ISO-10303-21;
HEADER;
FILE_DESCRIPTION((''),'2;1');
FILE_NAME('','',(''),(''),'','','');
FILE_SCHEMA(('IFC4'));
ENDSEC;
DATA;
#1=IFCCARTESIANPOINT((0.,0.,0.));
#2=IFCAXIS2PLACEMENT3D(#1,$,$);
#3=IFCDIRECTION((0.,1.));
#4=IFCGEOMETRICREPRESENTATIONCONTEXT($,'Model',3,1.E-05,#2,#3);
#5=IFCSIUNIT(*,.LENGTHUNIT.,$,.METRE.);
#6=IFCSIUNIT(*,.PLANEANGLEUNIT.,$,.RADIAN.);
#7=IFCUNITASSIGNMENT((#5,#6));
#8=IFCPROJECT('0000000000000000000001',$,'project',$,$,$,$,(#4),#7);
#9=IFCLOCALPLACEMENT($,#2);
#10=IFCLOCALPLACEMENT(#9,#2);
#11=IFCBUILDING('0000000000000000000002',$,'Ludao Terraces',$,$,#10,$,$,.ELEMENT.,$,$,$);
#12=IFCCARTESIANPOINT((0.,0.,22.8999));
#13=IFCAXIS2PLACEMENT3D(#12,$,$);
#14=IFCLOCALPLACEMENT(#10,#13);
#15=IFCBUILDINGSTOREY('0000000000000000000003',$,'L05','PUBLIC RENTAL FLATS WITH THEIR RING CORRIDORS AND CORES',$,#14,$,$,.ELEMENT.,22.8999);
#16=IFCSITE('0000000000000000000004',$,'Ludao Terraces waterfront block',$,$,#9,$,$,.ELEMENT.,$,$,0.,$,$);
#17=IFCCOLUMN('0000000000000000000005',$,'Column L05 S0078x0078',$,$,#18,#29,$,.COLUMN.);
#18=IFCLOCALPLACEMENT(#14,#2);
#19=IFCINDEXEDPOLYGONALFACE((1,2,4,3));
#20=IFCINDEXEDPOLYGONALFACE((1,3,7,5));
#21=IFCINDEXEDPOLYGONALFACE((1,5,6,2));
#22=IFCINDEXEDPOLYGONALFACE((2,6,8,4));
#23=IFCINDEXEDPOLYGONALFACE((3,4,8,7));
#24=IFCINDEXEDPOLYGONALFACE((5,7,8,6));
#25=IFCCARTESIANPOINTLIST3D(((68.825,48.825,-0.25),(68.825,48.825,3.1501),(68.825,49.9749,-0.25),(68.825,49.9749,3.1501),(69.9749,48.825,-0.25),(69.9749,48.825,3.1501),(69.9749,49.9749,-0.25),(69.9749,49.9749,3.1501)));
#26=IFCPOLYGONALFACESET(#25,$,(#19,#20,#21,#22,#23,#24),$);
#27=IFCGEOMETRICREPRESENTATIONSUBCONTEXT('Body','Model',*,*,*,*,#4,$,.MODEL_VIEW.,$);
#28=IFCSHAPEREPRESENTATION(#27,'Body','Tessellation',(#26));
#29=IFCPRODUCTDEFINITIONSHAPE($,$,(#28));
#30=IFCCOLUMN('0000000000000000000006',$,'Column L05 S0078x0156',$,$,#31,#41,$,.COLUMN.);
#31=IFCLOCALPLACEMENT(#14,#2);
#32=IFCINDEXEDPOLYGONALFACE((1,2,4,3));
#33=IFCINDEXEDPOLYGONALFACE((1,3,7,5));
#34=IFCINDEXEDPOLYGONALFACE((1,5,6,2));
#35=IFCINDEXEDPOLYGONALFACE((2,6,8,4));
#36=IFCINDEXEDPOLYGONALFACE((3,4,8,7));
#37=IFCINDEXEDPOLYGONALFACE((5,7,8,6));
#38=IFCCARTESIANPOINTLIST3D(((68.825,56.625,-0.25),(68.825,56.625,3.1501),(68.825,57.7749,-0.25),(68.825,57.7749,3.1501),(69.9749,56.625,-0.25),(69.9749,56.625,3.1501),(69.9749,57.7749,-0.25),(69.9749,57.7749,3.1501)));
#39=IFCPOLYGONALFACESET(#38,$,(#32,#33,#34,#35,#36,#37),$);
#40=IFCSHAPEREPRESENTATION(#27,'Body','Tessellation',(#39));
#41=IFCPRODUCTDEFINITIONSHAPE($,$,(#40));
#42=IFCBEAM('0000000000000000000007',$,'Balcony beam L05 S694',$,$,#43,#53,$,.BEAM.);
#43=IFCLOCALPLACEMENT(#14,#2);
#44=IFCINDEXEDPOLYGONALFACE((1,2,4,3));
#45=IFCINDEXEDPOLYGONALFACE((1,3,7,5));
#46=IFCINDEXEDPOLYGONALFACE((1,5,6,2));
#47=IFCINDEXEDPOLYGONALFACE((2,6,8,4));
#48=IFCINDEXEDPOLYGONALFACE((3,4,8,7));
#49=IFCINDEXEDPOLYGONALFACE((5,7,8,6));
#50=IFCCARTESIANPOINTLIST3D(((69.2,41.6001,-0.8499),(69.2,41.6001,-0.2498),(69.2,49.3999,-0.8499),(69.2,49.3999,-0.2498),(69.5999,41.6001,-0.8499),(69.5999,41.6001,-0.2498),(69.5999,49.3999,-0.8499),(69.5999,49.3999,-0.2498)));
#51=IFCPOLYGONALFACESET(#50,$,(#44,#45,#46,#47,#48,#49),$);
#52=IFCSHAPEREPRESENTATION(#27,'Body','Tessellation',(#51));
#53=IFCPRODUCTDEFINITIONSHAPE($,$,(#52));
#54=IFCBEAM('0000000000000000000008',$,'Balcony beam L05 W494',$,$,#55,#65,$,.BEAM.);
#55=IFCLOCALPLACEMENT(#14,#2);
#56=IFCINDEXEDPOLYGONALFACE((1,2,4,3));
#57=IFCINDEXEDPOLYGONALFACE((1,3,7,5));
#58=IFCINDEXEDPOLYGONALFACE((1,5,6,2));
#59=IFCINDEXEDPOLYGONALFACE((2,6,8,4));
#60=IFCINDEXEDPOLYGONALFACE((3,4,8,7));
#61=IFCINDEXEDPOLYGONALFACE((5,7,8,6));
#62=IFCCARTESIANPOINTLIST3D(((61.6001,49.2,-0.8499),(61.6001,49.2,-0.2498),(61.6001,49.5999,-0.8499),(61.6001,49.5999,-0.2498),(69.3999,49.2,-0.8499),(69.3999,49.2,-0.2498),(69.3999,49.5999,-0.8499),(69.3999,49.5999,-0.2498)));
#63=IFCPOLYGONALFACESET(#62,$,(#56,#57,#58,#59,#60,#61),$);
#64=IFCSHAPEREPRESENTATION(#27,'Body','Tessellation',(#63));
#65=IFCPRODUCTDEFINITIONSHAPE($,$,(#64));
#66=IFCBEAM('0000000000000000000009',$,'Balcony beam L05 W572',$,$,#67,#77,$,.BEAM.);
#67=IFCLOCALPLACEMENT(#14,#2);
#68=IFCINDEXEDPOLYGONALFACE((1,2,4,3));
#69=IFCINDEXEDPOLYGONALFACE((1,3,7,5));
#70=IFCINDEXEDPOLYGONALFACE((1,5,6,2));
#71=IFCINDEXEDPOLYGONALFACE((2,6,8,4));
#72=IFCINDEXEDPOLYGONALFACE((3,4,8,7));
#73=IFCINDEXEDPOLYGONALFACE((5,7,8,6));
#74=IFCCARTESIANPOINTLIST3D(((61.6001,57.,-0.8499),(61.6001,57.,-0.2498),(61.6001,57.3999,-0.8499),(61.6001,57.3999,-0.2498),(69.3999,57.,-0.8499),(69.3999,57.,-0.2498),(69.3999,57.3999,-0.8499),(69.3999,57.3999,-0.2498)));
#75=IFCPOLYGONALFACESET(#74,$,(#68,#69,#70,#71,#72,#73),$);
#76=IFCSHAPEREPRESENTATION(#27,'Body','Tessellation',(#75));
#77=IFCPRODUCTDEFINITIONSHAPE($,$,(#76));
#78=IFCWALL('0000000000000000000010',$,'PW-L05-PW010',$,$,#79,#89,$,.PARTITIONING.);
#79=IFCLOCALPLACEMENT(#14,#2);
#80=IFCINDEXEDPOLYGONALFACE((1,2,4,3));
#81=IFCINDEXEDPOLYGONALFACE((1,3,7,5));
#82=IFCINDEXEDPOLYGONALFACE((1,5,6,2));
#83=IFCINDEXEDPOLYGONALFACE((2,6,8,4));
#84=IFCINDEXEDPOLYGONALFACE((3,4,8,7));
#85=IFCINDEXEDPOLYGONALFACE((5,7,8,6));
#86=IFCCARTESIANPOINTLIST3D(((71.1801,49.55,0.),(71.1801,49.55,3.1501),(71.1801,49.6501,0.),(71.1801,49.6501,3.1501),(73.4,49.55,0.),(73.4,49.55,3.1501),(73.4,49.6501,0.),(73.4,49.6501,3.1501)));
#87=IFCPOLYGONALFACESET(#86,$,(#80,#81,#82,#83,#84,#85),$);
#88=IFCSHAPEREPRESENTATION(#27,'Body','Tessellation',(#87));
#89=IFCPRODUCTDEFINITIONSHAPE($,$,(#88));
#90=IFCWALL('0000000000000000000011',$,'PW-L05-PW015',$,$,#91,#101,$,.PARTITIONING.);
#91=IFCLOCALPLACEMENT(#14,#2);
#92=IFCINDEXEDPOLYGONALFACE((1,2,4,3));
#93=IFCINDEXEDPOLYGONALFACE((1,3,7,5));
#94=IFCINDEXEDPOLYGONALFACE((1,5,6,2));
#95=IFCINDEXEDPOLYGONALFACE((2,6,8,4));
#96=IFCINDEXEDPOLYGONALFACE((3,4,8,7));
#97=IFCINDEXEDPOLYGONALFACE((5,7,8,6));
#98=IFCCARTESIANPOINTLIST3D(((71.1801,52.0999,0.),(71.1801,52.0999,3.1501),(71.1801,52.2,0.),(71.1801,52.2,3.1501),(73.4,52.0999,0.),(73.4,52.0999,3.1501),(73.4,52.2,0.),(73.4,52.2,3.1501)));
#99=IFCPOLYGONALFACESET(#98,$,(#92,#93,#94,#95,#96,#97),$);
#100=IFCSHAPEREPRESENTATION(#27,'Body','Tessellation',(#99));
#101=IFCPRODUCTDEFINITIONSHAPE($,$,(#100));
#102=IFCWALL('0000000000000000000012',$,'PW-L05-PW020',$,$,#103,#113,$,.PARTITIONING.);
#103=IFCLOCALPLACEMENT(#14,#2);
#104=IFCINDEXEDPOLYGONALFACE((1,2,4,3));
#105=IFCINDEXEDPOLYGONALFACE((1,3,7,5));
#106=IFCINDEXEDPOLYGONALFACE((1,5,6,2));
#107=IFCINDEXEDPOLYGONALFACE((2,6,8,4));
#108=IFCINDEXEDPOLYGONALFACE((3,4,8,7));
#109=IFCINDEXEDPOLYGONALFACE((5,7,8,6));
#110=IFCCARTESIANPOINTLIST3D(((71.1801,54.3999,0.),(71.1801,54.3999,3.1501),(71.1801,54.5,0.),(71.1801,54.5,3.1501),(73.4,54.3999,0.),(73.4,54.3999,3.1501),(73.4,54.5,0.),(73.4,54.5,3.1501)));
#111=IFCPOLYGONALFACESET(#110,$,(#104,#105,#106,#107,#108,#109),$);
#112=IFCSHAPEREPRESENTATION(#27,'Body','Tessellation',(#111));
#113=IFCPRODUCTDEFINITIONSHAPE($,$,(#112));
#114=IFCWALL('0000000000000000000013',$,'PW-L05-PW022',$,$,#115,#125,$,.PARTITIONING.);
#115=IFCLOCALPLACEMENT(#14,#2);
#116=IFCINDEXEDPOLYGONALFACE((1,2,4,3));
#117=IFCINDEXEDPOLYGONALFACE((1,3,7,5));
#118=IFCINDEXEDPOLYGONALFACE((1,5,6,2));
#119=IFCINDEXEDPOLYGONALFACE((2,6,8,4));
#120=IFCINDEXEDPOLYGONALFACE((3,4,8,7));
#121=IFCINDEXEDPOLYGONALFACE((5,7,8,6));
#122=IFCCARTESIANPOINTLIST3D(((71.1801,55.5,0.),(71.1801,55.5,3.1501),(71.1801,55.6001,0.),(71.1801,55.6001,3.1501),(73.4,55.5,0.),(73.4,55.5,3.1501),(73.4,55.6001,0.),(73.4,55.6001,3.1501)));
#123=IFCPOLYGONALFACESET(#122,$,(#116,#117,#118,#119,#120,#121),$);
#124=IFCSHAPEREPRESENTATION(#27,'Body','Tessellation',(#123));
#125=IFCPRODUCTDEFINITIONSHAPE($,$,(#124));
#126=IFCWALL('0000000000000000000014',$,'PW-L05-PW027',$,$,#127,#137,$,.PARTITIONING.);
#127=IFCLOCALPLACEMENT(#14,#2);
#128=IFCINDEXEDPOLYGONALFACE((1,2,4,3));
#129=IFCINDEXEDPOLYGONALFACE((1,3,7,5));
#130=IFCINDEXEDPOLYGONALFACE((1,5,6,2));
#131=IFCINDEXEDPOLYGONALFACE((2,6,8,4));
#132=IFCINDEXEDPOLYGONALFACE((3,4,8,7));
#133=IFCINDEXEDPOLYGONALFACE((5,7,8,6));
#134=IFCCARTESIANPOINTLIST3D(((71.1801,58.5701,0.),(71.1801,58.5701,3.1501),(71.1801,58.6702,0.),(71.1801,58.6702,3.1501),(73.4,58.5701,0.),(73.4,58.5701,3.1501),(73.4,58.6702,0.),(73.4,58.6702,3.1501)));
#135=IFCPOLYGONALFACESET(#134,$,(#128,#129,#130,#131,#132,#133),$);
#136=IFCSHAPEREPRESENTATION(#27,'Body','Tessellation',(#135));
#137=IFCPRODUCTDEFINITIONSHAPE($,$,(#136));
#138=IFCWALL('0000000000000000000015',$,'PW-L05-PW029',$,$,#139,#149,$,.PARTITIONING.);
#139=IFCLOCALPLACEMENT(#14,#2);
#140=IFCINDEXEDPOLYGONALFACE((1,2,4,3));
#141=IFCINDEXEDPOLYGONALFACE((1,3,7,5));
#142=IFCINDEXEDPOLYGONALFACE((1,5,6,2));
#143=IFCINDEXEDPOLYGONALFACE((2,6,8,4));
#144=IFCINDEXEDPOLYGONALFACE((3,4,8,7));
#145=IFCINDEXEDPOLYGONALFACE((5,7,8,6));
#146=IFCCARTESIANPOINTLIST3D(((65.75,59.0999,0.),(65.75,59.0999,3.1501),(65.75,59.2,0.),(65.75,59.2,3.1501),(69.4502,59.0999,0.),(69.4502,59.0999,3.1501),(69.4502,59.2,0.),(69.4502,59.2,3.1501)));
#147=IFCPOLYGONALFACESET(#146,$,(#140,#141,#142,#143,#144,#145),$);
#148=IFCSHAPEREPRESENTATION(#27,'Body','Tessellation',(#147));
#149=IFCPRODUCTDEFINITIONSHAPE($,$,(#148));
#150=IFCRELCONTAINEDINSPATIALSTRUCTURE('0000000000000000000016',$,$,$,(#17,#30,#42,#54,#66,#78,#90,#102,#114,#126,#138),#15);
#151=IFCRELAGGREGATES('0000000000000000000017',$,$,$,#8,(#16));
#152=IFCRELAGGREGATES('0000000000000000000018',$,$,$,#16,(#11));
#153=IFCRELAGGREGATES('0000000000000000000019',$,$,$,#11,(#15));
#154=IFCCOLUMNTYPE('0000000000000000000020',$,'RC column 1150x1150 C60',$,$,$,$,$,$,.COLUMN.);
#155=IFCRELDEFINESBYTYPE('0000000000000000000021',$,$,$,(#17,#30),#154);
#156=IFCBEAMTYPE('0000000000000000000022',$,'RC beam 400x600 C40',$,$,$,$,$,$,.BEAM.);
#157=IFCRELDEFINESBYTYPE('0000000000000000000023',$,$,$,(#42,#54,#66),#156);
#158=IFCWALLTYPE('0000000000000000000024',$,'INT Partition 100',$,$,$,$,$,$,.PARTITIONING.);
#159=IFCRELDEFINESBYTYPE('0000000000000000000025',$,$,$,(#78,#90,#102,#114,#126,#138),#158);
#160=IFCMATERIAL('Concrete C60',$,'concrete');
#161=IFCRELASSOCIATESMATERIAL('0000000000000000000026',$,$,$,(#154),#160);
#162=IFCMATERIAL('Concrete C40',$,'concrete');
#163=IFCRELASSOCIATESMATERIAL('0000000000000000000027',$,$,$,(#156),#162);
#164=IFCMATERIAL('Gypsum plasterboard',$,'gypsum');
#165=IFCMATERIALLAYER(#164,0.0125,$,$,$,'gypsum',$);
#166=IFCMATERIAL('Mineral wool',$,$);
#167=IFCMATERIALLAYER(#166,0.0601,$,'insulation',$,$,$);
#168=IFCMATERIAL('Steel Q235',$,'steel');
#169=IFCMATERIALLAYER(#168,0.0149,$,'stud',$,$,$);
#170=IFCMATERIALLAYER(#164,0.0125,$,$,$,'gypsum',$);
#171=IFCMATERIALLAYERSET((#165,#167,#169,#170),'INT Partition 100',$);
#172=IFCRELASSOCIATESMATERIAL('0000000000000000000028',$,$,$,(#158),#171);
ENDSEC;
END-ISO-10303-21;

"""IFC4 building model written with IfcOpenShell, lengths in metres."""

from ifc_helpers import new_model, si_unit, direction, frame, frame_2d, origin, origin_2d, place, context, subcontext, project, spatial, rectangle, extrude, material, layer, layer_set, material_profile, profile_set, type_object, element, save


model = new_model("IFC4")

# Units and contexts
model_context = context("Model", 3, precision=1e-05, world=origin(), true_north=direction((0.0, 1.0)))
body_context = subcontext(model_context, "Body", "Model", "MODEL_VIEW")
ifc_project = project(units=[si_unit("LENGTHUNIT", "METRE"), si_unit("PLANEANGLEUNIT", "RADIAN")], contexts=[model_context])

# Site, building, storey
site_placement = place(None, origin())
site = spatial("IfcSite", under=ifc_project, at=site_placement, Name="Ludao Terraces waterfront block", CompositionType="ELEMENT", RefElevation=0.0)
building_placement = place(site_placement, origin())
building = spatial("IfcBuilding", under=site, at=building_placement, Name="Ludao Terraces", CompositionType="ELEMENT")
storey_placement = place(building_placement, frame((0.0, 0.0, 22.8999)))
storey = spatial("IfcBuildingStorey", under=building, at=storey_placement, Name="L05", Description="PUBLIC RENTAL FLATS WITH THEIR RING CORRIDORS AND CORES", CompositionType="ELEMENT", Elevation=22.8999)

# Columns
ifc_material_1 = material(Name="Concrete C60", Category="concrete")
ifc_material_profile_1 = material_profile(ifc_material_1, rectangle(XDim=1.1499, YDim=1.1499, at=origin_2d()), Name="1150 X 1150")
ifc_profile_set_1 = profile_set([ifc_material_profile_1], Name="Concrete C60")
column_type = type_object("IfcColumnType", Name="RC column 1150x1150 C60", PredefinedType="COLUMN", material=ifc_profile_set_1)
for number, where, z_axis, x_axis, name in (
    (1, (69.3999, 49.3999, -0.25), (0.0, 0.0, 1.0), (1.0, 0.0, 0.0), "Column L05 S0078x0078"),
    (2, (69.3999, 57.2, -0.25), (0.0, 0.0, 1.0), (1.0, 0.0, 0.0), "Column L05 S0078x0156"),
):
    element("IfcColumn", number, at=place(storey_placement, frame(where, z_axis=z_axis, x_axis=x_axis)), inside=storey, type_object=column_type, Name=name, PredefinedType="COLUMN", context=body_context, shape_type="SweptSolid", body=[
        extrude(rectangle(XDim=1.1499, YDim=1.1499, at=origin_2d()), origin(), (0.0, 0.0, 1.0), 3.4001),
    ])

# Beams
ifc_material_2 = material(Name="Concrete C40", Category="concrete")
ifc_material_profile_2 = material_profile(ifc_material_2, rectangle(XDim=0.3999, YDim=0.6001, at=origin_2d()), Name="400 X 600")
ifc_profile_set_2 = profile_set([ifc_material_profile_2], Name="Concrete C40")
beam_type = type_object("IfcBeamType", Name="RC beam 400x600 C40", PredefinedType="BEAM", material=ifc_profile_set_2)
for number, where, z_axis, x_axis, name in (
    (3, (69.3999, 49.3999, -0.5498), (0.0, -1.0, 0.0), (1.0, 0.0, 0.0), "Balcony beam L05 S694"),
    (4, (69.3999, 49.3999, -0.5498), (-1.0, 0.0, 0.0), (0.0, -1.0, 0.0), "Balcony beam L05 W494"),
    (5, (69.3999, 57.2, -0.5498), (-1.0, 0.0, 0.0), (0.0, -1.0, 0.0), "Balcony beam L05 W572"),
):
    element("IfcBeam", number, at=place(storey_placement, frame(where, z_axis=z_axis, x_axis=x_axis)), inside=storey, type_object=beam_type, Name=name, PredefinedType="BEAM", context=body_context, shape_type="SweptSolid", body=[
        extrude(rectangle(XDim=0.3999, YDim=0.6001, at=origin_2d()), origin(), (0.0, 0.0, 1.0), 7.7998),
    ])

# Walls
ifc_material_3 = material(Name="Gypsum plasterboard", Category="gypsum")
ifc_layer_1 = layer(ifc_material_3, 0.0125, Category="gypsum")
ifc_material_4 = material(Name="Mineral wool")
ifc_layer_2 = layer(ifc_material_4, 0.0601, Name="insulation")
ifc_material_5 = material(Name="Steel Q235", Category="steel")
ifc_layer_3 = layer(ifc_material_5, 0.0149, Name="stud")
ifc_layer_4 = layer(ifc_material_3, 0.0125, Category="gypsum")
ifc_layer_set = layer_set([ifc_layer_1, ifc_layer_2, ifc_layer_3, ifc_layer_4], Name="INT Partition 100")
wall_type = type_object("IfcWallType", Name="INT Partition 100", PredefinedType="PARTITIONING", material=ifc_layer_set)
for number, where, z_axis, x_axis, name in (
    (6, (71.1802, 49.6001, 0.0), (0.0, 0.0, 1.0), (1.0, 0.0, 0.0), "PW-L05-PW010"),
    (7, (71.1802, 52.1499, 0.0), (0.0, 0.0, 1.0), (1.0, 0.0, 0.0), "PW-L05-PW015"),
    (8, (71.1802, 54.45, 0.0), (0.0, 0.0, 1.0), (1.0, 0.0, 0.0), "PW-L05-PW020"),
    (9, (71.1802, 55.55, 0.0), (0.0, 0.0, 1.0), (1.0, 0.0, 0.0), "PW-L05-PW022"),
    (10, (71.1802, 58.6201, 0.0), (0.0, 0.0, 1.0), (1.0, 0.0, 0.0), "PW-L05-PW027"),
):
    element("IfcWall", number, at=place(storey_placement, frame(where, z_axis=z_axis, x_axis=x_axis)), inside=storey, type_object=wall_type, Name=name, PredefinedType="PARTITIONING", context=body_context, shape_type="SweptSolid", body=[
        extrude(rectangle(XDim=2.22, YDim=0.1001, at=frame_2d((1.1099, 0.0))), origin(), (0.0, 0.0, 1.0), 3.1501),
    ])
wall_1_placement = place(storey_placement, frame((65.75, 59.1499, 0.0), z_axis=(0.0, 0.0, 1.0), x_axis=(1.0, 0.0, 0.0)))
element("IfcWall", 11, at=wall_1_placement, inside=storey, type_object=wall_type, Name="PW-L05-PW029", PredefinedType="PARTITIONING", context=body_context, shape_type="SweptSolid", body=[
    extrude(rectangle(XDim=3.7002, YDim=0.1001, at=frame_2d((1.8501, 0.0))), origin(), (0.0, 0.0, 1.0), 3.1501),
])

save(model, "model.ifc")
